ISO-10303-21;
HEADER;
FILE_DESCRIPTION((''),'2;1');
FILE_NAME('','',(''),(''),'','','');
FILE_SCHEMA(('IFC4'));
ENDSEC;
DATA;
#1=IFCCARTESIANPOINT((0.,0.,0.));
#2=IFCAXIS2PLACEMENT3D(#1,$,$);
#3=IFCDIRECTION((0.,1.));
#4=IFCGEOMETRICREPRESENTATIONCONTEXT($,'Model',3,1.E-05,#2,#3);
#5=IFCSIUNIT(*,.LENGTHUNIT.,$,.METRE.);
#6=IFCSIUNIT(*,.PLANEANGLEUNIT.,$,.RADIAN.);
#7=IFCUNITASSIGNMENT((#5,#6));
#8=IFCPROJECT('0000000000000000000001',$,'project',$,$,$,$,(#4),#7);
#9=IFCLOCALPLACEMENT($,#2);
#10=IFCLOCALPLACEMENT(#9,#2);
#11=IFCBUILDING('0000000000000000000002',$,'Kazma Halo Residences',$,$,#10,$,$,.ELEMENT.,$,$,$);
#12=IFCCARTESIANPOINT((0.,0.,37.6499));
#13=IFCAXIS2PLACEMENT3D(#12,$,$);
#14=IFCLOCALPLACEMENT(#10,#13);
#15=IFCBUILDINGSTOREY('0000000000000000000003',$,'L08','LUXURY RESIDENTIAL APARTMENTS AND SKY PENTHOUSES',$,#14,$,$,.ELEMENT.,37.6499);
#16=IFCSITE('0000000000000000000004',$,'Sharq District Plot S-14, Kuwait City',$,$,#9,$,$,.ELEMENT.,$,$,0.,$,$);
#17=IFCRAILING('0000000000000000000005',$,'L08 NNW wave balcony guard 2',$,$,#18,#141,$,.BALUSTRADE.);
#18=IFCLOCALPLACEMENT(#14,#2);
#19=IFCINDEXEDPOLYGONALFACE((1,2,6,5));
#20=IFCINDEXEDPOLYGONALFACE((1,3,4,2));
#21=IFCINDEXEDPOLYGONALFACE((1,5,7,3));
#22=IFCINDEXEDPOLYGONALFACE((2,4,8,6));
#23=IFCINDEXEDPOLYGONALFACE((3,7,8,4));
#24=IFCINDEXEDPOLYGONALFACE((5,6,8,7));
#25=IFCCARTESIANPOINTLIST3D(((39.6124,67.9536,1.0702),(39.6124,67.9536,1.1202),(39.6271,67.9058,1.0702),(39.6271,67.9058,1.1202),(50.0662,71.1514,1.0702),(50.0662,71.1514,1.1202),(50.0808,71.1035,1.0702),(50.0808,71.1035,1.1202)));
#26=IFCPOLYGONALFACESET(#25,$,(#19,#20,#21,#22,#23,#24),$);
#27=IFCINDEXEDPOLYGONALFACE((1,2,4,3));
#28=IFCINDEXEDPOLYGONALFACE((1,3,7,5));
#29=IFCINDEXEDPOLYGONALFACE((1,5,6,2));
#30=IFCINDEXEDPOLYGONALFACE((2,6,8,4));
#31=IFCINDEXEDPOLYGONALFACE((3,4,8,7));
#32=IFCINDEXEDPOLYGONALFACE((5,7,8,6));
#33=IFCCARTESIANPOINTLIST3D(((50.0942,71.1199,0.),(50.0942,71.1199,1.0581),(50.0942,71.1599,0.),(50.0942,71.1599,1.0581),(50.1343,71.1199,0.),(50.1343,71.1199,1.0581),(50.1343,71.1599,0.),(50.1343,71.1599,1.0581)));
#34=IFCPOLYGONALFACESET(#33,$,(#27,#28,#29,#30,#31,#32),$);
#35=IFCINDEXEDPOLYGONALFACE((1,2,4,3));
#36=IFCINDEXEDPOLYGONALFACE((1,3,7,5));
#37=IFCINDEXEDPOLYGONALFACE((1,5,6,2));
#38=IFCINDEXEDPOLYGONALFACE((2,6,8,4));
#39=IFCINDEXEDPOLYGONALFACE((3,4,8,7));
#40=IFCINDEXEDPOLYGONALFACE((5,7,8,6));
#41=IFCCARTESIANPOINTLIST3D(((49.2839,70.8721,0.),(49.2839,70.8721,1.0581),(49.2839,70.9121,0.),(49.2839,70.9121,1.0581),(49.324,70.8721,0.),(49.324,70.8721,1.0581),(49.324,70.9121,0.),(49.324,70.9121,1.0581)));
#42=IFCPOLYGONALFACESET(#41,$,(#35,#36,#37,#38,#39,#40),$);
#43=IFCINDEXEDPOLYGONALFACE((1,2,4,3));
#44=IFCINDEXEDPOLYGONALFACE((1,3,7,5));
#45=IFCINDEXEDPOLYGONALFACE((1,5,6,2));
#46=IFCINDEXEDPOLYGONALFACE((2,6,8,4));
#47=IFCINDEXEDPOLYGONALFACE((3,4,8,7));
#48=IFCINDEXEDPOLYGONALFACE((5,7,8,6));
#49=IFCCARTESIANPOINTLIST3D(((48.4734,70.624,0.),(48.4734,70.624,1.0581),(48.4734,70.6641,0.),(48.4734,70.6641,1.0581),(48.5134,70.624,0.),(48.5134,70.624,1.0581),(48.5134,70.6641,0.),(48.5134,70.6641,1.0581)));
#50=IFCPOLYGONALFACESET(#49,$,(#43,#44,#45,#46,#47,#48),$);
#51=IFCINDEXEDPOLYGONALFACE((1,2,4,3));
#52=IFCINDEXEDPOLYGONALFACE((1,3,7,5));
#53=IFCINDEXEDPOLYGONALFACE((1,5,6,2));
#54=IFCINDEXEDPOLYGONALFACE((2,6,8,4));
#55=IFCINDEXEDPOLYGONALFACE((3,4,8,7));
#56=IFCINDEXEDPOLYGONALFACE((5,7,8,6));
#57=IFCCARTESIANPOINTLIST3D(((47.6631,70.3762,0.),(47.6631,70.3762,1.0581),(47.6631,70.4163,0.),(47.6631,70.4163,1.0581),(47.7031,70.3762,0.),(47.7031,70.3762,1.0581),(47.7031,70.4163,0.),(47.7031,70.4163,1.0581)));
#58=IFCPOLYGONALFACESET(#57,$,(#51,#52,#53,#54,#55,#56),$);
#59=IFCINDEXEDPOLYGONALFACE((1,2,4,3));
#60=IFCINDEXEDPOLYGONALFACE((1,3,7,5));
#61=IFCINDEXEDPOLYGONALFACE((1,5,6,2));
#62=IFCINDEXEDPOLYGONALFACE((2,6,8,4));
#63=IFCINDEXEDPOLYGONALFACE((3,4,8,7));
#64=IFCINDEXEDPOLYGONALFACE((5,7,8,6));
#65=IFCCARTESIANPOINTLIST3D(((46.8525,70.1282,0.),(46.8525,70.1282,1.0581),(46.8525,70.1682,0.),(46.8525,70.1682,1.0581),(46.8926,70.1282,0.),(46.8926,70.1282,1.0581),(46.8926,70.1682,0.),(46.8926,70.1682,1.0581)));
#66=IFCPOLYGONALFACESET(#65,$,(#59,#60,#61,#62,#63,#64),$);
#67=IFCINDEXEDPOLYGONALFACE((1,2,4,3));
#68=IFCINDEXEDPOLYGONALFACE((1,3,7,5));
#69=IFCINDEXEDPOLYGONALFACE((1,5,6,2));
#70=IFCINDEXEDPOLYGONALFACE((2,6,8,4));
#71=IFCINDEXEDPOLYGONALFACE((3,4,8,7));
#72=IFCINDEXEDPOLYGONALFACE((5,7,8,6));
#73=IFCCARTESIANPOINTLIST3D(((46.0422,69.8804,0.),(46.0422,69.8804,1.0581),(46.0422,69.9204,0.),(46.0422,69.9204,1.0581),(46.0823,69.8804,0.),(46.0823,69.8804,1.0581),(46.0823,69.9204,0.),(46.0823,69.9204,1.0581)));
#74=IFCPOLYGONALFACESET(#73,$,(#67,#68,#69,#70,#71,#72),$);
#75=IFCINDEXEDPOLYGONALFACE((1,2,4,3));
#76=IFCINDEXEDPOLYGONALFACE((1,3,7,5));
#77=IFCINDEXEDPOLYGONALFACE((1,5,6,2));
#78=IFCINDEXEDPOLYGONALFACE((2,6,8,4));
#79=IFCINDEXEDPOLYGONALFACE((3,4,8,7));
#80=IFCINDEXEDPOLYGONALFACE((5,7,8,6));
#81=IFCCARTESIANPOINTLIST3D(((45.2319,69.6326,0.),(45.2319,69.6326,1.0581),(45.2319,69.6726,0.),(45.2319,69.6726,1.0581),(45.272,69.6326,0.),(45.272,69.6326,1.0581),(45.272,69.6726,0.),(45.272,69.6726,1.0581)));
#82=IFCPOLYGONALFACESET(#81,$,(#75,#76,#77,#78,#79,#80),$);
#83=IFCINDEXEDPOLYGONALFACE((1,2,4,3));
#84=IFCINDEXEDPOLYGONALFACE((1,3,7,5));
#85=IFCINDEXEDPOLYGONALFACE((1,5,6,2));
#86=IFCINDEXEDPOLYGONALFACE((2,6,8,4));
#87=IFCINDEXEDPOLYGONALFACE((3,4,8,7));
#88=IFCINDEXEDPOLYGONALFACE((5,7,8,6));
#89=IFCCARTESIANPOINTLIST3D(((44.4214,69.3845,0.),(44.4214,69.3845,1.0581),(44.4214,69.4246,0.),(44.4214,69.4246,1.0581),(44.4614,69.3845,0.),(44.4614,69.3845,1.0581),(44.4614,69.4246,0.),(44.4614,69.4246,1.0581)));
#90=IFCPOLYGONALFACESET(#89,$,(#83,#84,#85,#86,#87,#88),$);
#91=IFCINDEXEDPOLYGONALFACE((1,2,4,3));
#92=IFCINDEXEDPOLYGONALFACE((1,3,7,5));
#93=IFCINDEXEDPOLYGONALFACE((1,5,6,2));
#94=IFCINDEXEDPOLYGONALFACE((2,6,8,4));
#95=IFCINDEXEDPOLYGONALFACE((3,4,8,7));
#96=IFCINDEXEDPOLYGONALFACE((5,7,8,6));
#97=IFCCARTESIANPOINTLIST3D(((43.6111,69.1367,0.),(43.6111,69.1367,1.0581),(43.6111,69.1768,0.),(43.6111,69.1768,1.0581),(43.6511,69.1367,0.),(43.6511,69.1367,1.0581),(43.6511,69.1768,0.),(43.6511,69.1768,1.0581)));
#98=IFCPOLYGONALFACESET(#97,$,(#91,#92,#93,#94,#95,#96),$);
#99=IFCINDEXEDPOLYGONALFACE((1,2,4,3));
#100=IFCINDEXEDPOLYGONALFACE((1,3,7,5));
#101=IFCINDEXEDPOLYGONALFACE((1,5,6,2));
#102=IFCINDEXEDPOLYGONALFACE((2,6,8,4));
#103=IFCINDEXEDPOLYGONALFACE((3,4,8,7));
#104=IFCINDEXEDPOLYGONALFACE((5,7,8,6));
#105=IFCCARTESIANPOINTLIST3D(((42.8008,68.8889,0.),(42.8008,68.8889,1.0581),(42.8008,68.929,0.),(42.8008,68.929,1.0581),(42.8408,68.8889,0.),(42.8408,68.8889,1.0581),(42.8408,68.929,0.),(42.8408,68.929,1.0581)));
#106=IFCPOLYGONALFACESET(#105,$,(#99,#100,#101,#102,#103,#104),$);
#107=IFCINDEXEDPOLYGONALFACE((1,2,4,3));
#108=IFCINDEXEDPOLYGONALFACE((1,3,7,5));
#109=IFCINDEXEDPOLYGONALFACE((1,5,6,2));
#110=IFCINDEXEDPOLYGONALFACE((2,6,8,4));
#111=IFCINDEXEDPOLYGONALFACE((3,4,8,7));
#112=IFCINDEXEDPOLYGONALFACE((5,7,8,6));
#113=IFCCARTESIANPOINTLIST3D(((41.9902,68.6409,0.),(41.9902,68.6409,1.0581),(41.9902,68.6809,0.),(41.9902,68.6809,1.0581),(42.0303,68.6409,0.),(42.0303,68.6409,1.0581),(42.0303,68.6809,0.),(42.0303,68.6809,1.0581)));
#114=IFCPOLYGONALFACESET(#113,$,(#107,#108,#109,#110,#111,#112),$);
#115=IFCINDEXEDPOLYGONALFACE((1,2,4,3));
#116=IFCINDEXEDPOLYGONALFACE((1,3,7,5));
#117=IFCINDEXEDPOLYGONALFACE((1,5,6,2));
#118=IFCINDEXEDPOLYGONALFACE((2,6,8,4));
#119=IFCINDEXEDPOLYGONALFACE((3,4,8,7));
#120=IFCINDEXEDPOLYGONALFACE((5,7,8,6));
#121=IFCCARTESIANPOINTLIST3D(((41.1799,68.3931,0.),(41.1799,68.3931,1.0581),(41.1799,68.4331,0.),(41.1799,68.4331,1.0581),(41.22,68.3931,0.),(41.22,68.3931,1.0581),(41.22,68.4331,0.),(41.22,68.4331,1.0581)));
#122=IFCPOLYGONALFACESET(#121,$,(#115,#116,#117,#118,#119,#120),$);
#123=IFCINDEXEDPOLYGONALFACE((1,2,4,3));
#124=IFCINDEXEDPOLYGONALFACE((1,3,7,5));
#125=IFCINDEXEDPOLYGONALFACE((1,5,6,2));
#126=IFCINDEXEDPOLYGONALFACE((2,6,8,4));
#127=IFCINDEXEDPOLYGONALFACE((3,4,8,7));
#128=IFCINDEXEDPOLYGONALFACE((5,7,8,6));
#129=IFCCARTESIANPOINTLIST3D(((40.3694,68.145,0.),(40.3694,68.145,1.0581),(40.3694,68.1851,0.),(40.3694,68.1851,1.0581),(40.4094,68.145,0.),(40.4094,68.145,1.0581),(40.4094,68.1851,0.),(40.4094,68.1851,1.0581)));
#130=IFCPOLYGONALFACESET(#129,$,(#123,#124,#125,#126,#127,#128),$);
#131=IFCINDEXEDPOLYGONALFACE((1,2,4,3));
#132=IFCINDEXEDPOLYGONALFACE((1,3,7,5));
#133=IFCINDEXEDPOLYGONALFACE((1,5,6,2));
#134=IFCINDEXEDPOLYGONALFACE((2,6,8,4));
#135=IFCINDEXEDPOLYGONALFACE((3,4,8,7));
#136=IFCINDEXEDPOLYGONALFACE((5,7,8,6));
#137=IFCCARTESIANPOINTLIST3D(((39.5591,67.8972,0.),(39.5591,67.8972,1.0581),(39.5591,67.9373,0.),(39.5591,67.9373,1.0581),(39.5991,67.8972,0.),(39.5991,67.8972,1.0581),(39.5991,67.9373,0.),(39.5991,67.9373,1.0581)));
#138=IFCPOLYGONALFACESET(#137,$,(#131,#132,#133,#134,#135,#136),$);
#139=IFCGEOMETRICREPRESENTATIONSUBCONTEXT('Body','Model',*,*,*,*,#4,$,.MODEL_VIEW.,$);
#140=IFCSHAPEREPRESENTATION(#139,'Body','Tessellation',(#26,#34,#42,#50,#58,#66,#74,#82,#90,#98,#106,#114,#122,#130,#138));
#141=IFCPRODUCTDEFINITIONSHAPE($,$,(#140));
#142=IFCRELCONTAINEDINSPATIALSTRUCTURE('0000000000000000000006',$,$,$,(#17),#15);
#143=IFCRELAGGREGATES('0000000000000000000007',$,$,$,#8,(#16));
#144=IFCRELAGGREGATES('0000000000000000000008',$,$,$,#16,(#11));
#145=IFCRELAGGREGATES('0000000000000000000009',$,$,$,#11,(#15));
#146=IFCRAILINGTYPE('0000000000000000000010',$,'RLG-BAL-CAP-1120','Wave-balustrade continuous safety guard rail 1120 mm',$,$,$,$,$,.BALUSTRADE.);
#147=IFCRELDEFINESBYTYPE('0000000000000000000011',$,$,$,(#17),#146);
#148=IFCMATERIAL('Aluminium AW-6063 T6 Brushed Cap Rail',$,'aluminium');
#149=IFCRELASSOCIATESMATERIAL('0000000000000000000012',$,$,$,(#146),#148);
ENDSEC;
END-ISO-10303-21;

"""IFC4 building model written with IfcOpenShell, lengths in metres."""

from ifc_helpers import new_model, si_unit, direction, frame, origin, origin_2d, place, context, subcontext, project, spatial, rectangle, extrude, material, type_object, element, save


model = new_model("IFC4")

# Units and contexts
model_context = context("Model", 3, precision=1e-05, world=origin(), true_north=direction((0.0, 1.0)))
body_context = subcontext(model_context, "Body", "Model", "MODEL_VIEW")
ifc_project = project(units=[si_unit("LENGTHUNIT", "METRE"), si_unit("PLANEANGLEUNIT", "RADIAN")], contexts=[model_context])

# Site, building, storey
site_placement = place(None, origin())
site = spatial("IfcSite", under=ifc_project, at=site_placement, Name="Sharq District Plot S-14, Kuwait City", CompositionType="ELEMENT", RefElevation=0.0)
building_placement = place(site_placement, origin())
building = spatial("IfcBuilding", under=site, at=building_placement, Name="Kazma Halo Residences", CompositionType="ELEMENT")
storey_placement = place(building_placement, frame((0.0, 0.0, 37.6499)))
storey = spatial("IfcBuildingStorey", under=building, at=storey_placement, Name="L08", Description="LUXURY RESIDENTIAL APARTMENTS AND SKY PENTHOUSES", CompositionType="ELEMENT", Elevation=37.6499)

# Railing
ifc_material_1 = material(Name="Aluminium AW-6063 T6 Brushed Cap Rail", Category="aluminium")
railing_type = type_object("IfcRailingType", Name="RLG-BAL-CAP-1120", Description="Wave-balustrade continuous safety guard rail 1120 mm", PredefinedType="BALUSTRADE", material=ifc_material_1)
railing_1_placement = place(storey_placement, frame((50.1143, 71.1399, 0.0)))
element("IfcRailing", 1, at=railing_1_placement, inside=storey, type_object=railing_type, Name="L08 NNW wave balcony guard 2", PredefinedType="BALUSTRADE", context=body_context, shape_type="SweptSolid", body=[
    extrude(rectangle(XDim=0.05, YDim=0.05, at=origin_2d()), frame((-0.0408, -0.0125, 1.0952), z_axis=(-0.956261, -0.292516, 0.0), x_axis=(0.292516, -0.956261, 0.0)), (0.0, 0.0, 1.0), 10.9319),
    extrude(rectangle(XDim=0.04, YDim=0.04, at=origin_2d()), origin(), (0.0, 0.0, 1.0), 1.0581),
    extrude(rectangle(XDim=0.04, YDim=0.04, at=origin_2d()), frame((-0.8103, -0.2478, 0.0)), (0.0, 0.0, 1.0), 1.0581),
    extrude(rectangle(XDim=0.04, YDim=0.04, at=origin_2d()), frame((-1.6208, -0.4958, 0.0)), (0.0, 0.0, 1.0), 1.0581),
    extrude(rectangle(XDim=0.04, YDim=0.04, at=origin_2d()), frame((-2.4312, -0.7437, 0.0)), (0.0, 0.0, 1.0), 1.0581),
    extrude(rectangle(XDim=0.04, YDim=0.04, at=origin_2d()), frame((-3.2417, -0.9917, 0.0)), (0.0, 0.0, 1.0), 1.0581),
    extrude(rectangle(XDim=0.04, YDim=0.04, at=origin_2d()), frame((-4.052, -1.2395, 0.0)), (0.0, 0.0, 1.0), 1.0581),
    extrude(rectangle(XDim=0.04, YDim=0.04, at=origin_2d()), frame((-4.8623, -1.4873, 0.0)), (0.0, 0.0, 1.0), 1.0581),
    extrude(rectangle(XDim=0.04, YDim=0.04, at=origin_2d()), frame((-5.6729, -1.7354, 0.0)), (0.0, 0.0, 1.0), 1.0581),
    extrude(rectangle(XDim=0.04, YDim=0.04, at=origin_2d()), frame((-6.4832, -1.9832, 0.0)), (0.0, 0.0, 1.0), 1.0581),
    extrude(rectangle(XDim=0.04, YDim=0.04, at=origin_2d()), frame((-7.2935, -2.231, 0.0)), (0.0, 0.0, 1.0), 1.0581),
    extrude(rectangle(XDim=0.04, YDim=0.04, at=origin_2d()), frame((-8.104, -2.479, 0.0)), (0.0, 0.0, 1.0), 1.0581),
    extrude(rectangle(XDim=0.04, YDim=0.04, at=origin_2d()), frame((-8.9143, -2.7268, 0.0)), (0.0, 0.0, 1.0), 1.0581),
    extrude(rectangle(XDim=0.04, YDim=0.04, at=origin_2d()), frame((-9.7249, -2.9749, 0.0)), (0.0, 0.0, 1.0), 1.0581),
    extrude(rectangle(XDim=0.04, YDim=0.04, at=origin_2d()), frame((-10.5352, -3.2227, 0.0)), (0.0, 0.0, 1.0), 1.0581),
])

save(model, "model.ifc")
